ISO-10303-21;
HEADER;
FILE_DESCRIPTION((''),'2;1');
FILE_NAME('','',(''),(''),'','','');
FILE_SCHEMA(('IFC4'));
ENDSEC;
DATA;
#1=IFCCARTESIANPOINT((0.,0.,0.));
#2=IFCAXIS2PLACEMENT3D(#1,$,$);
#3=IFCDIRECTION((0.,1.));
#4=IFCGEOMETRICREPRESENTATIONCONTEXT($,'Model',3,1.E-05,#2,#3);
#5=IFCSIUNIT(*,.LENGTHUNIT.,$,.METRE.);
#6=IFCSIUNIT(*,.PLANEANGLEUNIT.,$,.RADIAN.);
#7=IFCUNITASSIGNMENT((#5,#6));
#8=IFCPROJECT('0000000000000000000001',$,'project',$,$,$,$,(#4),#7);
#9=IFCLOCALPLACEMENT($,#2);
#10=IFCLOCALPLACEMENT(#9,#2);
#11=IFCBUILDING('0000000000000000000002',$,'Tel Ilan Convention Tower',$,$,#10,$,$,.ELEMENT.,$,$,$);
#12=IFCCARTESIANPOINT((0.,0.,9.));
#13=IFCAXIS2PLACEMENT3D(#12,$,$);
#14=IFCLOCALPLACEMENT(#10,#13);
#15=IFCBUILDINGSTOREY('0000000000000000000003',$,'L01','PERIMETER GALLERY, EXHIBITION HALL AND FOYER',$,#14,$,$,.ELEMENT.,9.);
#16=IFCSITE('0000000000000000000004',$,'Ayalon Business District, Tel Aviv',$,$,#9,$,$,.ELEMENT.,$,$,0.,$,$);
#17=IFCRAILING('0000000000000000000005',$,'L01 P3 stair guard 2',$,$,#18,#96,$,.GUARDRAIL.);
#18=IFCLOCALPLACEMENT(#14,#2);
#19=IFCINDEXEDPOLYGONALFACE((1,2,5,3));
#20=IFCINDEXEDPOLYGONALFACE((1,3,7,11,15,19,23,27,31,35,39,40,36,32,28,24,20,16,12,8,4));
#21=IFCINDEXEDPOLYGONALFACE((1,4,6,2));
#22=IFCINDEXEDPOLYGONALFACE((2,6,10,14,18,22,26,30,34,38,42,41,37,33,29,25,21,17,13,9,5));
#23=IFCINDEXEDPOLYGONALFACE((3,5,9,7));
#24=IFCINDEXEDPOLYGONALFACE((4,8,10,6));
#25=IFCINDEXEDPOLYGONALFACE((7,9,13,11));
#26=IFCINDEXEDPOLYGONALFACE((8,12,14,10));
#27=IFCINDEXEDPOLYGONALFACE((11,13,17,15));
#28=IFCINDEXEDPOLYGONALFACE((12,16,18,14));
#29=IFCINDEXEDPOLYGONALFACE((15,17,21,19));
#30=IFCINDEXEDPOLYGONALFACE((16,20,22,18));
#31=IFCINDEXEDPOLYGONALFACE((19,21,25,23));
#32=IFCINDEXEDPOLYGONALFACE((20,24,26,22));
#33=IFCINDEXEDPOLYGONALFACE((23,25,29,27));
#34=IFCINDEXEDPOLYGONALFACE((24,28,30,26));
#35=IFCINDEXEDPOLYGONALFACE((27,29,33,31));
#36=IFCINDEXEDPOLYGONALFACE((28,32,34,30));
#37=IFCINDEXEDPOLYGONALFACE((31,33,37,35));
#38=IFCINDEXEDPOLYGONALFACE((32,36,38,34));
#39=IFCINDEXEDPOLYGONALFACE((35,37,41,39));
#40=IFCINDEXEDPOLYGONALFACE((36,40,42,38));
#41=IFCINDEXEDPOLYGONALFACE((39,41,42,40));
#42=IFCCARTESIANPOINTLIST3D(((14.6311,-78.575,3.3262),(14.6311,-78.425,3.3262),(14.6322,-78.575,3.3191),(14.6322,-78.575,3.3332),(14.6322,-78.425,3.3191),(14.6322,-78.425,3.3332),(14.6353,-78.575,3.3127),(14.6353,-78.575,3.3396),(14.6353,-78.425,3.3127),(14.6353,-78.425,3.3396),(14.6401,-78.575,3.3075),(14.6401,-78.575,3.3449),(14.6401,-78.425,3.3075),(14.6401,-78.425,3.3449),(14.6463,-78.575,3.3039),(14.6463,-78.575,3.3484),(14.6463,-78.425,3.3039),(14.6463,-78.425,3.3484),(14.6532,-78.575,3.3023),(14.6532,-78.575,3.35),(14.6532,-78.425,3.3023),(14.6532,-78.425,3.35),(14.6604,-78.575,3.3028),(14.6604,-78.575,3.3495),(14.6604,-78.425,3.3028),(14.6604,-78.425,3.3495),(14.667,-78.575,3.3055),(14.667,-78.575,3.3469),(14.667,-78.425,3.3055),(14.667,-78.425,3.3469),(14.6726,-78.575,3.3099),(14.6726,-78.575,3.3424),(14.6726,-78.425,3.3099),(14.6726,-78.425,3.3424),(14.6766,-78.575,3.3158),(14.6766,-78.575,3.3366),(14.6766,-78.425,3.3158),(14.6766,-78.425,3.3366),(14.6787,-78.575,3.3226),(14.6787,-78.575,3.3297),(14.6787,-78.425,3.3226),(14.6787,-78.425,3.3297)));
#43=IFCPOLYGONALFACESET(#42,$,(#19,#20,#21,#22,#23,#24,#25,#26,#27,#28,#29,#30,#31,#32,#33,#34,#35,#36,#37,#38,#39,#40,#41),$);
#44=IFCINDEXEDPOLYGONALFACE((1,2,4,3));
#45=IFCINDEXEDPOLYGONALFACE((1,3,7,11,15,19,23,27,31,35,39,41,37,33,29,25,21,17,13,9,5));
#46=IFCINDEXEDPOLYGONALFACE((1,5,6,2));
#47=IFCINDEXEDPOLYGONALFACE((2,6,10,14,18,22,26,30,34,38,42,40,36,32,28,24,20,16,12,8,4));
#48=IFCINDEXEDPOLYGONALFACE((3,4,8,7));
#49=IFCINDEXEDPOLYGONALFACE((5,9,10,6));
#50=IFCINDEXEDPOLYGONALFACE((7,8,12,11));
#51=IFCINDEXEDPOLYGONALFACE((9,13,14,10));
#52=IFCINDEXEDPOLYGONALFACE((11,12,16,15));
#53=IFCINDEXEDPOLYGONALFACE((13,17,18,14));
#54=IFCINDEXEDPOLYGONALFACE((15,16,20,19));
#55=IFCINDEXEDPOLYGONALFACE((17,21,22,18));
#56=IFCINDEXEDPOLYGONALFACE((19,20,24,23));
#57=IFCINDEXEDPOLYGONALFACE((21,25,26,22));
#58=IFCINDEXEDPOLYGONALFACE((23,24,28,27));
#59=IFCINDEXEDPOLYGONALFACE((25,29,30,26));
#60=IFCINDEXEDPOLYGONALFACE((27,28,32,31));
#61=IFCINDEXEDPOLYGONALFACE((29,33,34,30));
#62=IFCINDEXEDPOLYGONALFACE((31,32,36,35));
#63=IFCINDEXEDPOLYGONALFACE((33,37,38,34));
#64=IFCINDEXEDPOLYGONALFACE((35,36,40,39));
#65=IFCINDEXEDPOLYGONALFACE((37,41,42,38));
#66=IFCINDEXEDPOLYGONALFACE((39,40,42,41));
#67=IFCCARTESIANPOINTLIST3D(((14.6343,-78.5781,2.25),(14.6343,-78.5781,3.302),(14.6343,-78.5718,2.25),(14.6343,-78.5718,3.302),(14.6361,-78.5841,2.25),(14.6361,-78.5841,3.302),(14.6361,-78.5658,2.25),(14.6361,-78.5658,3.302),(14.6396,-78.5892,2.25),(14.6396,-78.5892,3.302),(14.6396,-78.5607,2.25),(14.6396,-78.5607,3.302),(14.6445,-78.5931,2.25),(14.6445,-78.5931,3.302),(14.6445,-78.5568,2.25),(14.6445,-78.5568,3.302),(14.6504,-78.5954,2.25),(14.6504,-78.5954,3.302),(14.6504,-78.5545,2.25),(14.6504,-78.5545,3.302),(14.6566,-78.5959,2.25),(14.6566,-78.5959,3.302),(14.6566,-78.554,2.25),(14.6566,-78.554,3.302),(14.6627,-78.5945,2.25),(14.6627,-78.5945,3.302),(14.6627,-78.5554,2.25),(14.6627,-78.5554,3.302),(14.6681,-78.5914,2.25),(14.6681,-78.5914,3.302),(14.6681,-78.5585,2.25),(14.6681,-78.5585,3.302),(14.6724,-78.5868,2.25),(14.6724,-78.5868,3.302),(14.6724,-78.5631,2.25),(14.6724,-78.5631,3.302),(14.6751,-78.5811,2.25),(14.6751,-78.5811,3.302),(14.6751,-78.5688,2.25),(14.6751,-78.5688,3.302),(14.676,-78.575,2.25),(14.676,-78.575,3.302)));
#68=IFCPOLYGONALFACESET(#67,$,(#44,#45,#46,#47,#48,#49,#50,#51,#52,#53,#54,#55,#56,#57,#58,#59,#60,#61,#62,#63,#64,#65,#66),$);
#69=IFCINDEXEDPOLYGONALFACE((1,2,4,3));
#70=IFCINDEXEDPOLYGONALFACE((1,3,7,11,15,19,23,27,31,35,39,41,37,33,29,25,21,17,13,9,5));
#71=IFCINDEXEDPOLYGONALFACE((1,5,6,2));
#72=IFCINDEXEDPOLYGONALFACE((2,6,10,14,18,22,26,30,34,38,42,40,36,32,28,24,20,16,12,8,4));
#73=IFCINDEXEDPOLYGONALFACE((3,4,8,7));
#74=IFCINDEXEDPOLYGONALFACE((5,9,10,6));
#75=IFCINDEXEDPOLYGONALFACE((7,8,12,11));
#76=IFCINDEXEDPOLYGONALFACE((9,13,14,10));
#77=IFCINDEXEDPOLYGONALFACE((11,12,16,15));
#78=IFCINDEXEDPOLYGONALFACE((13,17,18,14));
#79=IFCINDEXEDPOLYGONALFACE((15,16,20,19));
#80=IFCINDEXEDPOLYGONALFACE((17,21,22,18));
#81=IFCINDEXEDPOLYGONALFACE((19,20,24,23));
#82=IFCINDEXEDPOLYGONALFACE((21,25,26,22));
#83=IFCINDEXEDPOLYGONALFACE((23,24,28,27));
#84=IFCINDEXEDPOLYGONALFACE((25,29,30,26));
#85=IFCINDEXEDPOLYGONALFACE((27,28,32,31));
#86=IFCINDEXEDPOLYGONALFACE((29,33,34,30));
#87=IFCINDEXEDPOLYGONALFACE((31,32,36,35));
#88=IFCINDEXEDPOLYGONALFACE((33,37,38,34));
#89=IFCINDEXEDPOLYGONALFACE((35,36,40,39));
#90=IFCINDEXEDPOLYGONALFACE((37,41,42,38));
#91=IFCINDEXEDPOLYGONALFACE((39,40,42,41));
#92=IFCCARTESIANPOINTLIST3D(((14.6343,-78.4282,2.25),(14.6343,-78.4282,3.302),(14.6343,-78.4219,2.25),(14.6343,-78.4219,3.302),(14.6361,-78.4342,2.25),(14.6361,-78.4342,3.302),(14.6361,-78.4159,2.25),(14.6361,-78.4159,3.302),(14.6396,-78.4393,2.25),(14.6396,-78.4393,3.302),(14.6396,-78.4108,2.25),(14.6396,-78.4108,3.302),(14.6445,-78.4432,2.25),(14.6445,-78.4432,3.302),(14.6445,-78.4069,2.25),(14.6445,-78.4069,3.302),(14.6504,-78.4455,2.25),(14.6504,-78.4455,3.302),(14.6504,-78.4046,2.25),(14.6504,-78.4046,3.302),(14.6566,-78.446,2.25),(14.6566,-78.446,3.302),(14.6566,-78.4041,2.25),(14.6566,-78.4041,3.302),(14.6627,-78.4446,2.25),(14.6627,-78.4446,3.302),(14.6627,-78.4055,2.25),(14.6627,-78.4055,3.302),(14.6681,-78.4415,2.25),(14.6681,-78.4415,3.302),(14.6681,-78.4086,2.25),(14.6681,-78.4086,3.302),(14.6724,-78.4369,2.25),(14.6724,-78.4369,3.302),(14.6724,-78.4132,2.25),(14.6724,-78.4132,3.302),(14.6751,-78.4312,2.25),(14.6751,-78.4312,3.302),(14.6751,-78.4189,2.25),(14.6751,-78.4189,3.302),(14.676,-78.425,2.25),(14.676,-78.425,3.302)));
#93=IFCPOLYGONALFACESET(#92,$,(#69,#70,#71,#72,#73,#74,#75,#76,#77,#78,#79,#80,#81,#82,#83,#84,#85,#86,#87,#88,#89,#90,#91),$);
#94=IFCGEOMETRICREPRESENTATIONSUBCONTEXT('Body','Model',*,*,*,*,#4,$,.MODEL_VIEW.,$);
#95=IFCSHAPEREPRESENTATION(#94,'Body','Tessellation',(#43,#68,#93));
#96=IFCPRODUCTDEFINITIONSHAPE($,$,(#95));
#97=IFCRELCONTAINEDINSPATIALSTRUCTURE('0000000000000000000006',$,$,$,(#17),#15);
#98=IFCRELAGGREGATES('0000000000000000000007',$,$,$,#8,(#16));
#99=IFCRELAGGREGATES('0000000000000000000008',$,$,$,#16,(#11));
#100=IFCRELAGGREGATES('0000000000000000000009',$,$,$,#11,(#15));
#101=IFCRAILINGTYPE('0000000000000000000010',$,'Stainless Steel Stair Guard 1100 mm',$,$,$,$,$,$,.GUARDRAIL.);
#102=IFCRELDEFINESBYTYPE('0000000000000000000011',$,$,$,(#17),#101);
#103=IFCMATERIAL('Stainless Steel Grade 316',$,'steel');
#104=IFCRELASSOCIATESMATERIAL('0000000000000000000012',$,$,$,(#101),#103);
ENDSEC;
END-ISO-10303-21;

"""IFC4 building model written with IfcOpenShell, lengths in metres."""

from ifc_helpers import new_model, si_unit, direction, frame, origin, origin_2d, place, context, subcontext, project, spatial, circle, extrude, material, type_object, element, save


model = new_model("IFC4")

# Units and contexts
model_context = context("Model", 3, precision=1e-05, world=origin(), true_north=direction((0.0, 1.0)))
body_context = subcontext(model_context, "Body", "Model", "MODEL_VIEW")
ifc_project = project(units=[si_unit("LENGTHUNIT", "METRE"), si_unit("PLANEANGLEUNIT", "RADIAN")], contexts=[model_context])

# Site, building, storey
site_placement = place(None, origin())
site = spatial("IfcSite", under=ifc_project, at=site_placement, Name="Ayalon Business District, Tel Aviv", CompositionType="ELEMENT", RefElevation=0.0)
building_placement = place(site_placement, origin())
building = spatial("IfcBuilding", under=site, at=building_placement, Name="Tel Ilan Convention Tower", CompositionType="ELEMENT")
storey_placement = place(building_placement, frame((0.0, 0.0, 9.0)))
storey = spatial("IfcBuildingStorey", under=building, at=storey_placement, Name="L01", Description="PERIMETER GALLERY, EXHIBITION HALL AND FOYER", CompositionType="ELEMENT", Elevation=9.0)

# Railing
ifc_material_1 = material(Name="Stainless Steel Grade 316", Category="steel")
railing_type_1 = type_object("IfcRailingType", Name="Stainless Steel Stair Guard 1100 mm", PredefinedType="GUARDRAIL", material=ifc_material_1)
railing_1_placement = place(storey_placement, frame((14.655, -78.575, 2.25)))
element("IfcRailing", 1, at=railing_1_placement, inside=storey, type_object=railing_type_1, Name="L01 P3 stair guard 2", PredefinedType="GUARDRAIL", context=body_context, shape_type="SweptSolid", body=[
    extrude(circle(Radius=0.0239, at=origin_2d()), frame((0.0, 0.0, 1.0762), z_axis=(0.0, 1.0, 0.0), x_axis=(-1.0, 0.0, 0.0)), (0.0, 0.0, 1.0), 0.1499),
    extrude(circle(Radius=0.021, at=origin_2d()), origin(), (0.0, 0.0, 1.0), 1.052),
    extrude(circle(Radius=0.021, at=origin_2d()), frame((0.0, 0.1499, 0.0)), (0.0, 0.0, 1.0), 1.052),
])

save(model, "model.ifc")
